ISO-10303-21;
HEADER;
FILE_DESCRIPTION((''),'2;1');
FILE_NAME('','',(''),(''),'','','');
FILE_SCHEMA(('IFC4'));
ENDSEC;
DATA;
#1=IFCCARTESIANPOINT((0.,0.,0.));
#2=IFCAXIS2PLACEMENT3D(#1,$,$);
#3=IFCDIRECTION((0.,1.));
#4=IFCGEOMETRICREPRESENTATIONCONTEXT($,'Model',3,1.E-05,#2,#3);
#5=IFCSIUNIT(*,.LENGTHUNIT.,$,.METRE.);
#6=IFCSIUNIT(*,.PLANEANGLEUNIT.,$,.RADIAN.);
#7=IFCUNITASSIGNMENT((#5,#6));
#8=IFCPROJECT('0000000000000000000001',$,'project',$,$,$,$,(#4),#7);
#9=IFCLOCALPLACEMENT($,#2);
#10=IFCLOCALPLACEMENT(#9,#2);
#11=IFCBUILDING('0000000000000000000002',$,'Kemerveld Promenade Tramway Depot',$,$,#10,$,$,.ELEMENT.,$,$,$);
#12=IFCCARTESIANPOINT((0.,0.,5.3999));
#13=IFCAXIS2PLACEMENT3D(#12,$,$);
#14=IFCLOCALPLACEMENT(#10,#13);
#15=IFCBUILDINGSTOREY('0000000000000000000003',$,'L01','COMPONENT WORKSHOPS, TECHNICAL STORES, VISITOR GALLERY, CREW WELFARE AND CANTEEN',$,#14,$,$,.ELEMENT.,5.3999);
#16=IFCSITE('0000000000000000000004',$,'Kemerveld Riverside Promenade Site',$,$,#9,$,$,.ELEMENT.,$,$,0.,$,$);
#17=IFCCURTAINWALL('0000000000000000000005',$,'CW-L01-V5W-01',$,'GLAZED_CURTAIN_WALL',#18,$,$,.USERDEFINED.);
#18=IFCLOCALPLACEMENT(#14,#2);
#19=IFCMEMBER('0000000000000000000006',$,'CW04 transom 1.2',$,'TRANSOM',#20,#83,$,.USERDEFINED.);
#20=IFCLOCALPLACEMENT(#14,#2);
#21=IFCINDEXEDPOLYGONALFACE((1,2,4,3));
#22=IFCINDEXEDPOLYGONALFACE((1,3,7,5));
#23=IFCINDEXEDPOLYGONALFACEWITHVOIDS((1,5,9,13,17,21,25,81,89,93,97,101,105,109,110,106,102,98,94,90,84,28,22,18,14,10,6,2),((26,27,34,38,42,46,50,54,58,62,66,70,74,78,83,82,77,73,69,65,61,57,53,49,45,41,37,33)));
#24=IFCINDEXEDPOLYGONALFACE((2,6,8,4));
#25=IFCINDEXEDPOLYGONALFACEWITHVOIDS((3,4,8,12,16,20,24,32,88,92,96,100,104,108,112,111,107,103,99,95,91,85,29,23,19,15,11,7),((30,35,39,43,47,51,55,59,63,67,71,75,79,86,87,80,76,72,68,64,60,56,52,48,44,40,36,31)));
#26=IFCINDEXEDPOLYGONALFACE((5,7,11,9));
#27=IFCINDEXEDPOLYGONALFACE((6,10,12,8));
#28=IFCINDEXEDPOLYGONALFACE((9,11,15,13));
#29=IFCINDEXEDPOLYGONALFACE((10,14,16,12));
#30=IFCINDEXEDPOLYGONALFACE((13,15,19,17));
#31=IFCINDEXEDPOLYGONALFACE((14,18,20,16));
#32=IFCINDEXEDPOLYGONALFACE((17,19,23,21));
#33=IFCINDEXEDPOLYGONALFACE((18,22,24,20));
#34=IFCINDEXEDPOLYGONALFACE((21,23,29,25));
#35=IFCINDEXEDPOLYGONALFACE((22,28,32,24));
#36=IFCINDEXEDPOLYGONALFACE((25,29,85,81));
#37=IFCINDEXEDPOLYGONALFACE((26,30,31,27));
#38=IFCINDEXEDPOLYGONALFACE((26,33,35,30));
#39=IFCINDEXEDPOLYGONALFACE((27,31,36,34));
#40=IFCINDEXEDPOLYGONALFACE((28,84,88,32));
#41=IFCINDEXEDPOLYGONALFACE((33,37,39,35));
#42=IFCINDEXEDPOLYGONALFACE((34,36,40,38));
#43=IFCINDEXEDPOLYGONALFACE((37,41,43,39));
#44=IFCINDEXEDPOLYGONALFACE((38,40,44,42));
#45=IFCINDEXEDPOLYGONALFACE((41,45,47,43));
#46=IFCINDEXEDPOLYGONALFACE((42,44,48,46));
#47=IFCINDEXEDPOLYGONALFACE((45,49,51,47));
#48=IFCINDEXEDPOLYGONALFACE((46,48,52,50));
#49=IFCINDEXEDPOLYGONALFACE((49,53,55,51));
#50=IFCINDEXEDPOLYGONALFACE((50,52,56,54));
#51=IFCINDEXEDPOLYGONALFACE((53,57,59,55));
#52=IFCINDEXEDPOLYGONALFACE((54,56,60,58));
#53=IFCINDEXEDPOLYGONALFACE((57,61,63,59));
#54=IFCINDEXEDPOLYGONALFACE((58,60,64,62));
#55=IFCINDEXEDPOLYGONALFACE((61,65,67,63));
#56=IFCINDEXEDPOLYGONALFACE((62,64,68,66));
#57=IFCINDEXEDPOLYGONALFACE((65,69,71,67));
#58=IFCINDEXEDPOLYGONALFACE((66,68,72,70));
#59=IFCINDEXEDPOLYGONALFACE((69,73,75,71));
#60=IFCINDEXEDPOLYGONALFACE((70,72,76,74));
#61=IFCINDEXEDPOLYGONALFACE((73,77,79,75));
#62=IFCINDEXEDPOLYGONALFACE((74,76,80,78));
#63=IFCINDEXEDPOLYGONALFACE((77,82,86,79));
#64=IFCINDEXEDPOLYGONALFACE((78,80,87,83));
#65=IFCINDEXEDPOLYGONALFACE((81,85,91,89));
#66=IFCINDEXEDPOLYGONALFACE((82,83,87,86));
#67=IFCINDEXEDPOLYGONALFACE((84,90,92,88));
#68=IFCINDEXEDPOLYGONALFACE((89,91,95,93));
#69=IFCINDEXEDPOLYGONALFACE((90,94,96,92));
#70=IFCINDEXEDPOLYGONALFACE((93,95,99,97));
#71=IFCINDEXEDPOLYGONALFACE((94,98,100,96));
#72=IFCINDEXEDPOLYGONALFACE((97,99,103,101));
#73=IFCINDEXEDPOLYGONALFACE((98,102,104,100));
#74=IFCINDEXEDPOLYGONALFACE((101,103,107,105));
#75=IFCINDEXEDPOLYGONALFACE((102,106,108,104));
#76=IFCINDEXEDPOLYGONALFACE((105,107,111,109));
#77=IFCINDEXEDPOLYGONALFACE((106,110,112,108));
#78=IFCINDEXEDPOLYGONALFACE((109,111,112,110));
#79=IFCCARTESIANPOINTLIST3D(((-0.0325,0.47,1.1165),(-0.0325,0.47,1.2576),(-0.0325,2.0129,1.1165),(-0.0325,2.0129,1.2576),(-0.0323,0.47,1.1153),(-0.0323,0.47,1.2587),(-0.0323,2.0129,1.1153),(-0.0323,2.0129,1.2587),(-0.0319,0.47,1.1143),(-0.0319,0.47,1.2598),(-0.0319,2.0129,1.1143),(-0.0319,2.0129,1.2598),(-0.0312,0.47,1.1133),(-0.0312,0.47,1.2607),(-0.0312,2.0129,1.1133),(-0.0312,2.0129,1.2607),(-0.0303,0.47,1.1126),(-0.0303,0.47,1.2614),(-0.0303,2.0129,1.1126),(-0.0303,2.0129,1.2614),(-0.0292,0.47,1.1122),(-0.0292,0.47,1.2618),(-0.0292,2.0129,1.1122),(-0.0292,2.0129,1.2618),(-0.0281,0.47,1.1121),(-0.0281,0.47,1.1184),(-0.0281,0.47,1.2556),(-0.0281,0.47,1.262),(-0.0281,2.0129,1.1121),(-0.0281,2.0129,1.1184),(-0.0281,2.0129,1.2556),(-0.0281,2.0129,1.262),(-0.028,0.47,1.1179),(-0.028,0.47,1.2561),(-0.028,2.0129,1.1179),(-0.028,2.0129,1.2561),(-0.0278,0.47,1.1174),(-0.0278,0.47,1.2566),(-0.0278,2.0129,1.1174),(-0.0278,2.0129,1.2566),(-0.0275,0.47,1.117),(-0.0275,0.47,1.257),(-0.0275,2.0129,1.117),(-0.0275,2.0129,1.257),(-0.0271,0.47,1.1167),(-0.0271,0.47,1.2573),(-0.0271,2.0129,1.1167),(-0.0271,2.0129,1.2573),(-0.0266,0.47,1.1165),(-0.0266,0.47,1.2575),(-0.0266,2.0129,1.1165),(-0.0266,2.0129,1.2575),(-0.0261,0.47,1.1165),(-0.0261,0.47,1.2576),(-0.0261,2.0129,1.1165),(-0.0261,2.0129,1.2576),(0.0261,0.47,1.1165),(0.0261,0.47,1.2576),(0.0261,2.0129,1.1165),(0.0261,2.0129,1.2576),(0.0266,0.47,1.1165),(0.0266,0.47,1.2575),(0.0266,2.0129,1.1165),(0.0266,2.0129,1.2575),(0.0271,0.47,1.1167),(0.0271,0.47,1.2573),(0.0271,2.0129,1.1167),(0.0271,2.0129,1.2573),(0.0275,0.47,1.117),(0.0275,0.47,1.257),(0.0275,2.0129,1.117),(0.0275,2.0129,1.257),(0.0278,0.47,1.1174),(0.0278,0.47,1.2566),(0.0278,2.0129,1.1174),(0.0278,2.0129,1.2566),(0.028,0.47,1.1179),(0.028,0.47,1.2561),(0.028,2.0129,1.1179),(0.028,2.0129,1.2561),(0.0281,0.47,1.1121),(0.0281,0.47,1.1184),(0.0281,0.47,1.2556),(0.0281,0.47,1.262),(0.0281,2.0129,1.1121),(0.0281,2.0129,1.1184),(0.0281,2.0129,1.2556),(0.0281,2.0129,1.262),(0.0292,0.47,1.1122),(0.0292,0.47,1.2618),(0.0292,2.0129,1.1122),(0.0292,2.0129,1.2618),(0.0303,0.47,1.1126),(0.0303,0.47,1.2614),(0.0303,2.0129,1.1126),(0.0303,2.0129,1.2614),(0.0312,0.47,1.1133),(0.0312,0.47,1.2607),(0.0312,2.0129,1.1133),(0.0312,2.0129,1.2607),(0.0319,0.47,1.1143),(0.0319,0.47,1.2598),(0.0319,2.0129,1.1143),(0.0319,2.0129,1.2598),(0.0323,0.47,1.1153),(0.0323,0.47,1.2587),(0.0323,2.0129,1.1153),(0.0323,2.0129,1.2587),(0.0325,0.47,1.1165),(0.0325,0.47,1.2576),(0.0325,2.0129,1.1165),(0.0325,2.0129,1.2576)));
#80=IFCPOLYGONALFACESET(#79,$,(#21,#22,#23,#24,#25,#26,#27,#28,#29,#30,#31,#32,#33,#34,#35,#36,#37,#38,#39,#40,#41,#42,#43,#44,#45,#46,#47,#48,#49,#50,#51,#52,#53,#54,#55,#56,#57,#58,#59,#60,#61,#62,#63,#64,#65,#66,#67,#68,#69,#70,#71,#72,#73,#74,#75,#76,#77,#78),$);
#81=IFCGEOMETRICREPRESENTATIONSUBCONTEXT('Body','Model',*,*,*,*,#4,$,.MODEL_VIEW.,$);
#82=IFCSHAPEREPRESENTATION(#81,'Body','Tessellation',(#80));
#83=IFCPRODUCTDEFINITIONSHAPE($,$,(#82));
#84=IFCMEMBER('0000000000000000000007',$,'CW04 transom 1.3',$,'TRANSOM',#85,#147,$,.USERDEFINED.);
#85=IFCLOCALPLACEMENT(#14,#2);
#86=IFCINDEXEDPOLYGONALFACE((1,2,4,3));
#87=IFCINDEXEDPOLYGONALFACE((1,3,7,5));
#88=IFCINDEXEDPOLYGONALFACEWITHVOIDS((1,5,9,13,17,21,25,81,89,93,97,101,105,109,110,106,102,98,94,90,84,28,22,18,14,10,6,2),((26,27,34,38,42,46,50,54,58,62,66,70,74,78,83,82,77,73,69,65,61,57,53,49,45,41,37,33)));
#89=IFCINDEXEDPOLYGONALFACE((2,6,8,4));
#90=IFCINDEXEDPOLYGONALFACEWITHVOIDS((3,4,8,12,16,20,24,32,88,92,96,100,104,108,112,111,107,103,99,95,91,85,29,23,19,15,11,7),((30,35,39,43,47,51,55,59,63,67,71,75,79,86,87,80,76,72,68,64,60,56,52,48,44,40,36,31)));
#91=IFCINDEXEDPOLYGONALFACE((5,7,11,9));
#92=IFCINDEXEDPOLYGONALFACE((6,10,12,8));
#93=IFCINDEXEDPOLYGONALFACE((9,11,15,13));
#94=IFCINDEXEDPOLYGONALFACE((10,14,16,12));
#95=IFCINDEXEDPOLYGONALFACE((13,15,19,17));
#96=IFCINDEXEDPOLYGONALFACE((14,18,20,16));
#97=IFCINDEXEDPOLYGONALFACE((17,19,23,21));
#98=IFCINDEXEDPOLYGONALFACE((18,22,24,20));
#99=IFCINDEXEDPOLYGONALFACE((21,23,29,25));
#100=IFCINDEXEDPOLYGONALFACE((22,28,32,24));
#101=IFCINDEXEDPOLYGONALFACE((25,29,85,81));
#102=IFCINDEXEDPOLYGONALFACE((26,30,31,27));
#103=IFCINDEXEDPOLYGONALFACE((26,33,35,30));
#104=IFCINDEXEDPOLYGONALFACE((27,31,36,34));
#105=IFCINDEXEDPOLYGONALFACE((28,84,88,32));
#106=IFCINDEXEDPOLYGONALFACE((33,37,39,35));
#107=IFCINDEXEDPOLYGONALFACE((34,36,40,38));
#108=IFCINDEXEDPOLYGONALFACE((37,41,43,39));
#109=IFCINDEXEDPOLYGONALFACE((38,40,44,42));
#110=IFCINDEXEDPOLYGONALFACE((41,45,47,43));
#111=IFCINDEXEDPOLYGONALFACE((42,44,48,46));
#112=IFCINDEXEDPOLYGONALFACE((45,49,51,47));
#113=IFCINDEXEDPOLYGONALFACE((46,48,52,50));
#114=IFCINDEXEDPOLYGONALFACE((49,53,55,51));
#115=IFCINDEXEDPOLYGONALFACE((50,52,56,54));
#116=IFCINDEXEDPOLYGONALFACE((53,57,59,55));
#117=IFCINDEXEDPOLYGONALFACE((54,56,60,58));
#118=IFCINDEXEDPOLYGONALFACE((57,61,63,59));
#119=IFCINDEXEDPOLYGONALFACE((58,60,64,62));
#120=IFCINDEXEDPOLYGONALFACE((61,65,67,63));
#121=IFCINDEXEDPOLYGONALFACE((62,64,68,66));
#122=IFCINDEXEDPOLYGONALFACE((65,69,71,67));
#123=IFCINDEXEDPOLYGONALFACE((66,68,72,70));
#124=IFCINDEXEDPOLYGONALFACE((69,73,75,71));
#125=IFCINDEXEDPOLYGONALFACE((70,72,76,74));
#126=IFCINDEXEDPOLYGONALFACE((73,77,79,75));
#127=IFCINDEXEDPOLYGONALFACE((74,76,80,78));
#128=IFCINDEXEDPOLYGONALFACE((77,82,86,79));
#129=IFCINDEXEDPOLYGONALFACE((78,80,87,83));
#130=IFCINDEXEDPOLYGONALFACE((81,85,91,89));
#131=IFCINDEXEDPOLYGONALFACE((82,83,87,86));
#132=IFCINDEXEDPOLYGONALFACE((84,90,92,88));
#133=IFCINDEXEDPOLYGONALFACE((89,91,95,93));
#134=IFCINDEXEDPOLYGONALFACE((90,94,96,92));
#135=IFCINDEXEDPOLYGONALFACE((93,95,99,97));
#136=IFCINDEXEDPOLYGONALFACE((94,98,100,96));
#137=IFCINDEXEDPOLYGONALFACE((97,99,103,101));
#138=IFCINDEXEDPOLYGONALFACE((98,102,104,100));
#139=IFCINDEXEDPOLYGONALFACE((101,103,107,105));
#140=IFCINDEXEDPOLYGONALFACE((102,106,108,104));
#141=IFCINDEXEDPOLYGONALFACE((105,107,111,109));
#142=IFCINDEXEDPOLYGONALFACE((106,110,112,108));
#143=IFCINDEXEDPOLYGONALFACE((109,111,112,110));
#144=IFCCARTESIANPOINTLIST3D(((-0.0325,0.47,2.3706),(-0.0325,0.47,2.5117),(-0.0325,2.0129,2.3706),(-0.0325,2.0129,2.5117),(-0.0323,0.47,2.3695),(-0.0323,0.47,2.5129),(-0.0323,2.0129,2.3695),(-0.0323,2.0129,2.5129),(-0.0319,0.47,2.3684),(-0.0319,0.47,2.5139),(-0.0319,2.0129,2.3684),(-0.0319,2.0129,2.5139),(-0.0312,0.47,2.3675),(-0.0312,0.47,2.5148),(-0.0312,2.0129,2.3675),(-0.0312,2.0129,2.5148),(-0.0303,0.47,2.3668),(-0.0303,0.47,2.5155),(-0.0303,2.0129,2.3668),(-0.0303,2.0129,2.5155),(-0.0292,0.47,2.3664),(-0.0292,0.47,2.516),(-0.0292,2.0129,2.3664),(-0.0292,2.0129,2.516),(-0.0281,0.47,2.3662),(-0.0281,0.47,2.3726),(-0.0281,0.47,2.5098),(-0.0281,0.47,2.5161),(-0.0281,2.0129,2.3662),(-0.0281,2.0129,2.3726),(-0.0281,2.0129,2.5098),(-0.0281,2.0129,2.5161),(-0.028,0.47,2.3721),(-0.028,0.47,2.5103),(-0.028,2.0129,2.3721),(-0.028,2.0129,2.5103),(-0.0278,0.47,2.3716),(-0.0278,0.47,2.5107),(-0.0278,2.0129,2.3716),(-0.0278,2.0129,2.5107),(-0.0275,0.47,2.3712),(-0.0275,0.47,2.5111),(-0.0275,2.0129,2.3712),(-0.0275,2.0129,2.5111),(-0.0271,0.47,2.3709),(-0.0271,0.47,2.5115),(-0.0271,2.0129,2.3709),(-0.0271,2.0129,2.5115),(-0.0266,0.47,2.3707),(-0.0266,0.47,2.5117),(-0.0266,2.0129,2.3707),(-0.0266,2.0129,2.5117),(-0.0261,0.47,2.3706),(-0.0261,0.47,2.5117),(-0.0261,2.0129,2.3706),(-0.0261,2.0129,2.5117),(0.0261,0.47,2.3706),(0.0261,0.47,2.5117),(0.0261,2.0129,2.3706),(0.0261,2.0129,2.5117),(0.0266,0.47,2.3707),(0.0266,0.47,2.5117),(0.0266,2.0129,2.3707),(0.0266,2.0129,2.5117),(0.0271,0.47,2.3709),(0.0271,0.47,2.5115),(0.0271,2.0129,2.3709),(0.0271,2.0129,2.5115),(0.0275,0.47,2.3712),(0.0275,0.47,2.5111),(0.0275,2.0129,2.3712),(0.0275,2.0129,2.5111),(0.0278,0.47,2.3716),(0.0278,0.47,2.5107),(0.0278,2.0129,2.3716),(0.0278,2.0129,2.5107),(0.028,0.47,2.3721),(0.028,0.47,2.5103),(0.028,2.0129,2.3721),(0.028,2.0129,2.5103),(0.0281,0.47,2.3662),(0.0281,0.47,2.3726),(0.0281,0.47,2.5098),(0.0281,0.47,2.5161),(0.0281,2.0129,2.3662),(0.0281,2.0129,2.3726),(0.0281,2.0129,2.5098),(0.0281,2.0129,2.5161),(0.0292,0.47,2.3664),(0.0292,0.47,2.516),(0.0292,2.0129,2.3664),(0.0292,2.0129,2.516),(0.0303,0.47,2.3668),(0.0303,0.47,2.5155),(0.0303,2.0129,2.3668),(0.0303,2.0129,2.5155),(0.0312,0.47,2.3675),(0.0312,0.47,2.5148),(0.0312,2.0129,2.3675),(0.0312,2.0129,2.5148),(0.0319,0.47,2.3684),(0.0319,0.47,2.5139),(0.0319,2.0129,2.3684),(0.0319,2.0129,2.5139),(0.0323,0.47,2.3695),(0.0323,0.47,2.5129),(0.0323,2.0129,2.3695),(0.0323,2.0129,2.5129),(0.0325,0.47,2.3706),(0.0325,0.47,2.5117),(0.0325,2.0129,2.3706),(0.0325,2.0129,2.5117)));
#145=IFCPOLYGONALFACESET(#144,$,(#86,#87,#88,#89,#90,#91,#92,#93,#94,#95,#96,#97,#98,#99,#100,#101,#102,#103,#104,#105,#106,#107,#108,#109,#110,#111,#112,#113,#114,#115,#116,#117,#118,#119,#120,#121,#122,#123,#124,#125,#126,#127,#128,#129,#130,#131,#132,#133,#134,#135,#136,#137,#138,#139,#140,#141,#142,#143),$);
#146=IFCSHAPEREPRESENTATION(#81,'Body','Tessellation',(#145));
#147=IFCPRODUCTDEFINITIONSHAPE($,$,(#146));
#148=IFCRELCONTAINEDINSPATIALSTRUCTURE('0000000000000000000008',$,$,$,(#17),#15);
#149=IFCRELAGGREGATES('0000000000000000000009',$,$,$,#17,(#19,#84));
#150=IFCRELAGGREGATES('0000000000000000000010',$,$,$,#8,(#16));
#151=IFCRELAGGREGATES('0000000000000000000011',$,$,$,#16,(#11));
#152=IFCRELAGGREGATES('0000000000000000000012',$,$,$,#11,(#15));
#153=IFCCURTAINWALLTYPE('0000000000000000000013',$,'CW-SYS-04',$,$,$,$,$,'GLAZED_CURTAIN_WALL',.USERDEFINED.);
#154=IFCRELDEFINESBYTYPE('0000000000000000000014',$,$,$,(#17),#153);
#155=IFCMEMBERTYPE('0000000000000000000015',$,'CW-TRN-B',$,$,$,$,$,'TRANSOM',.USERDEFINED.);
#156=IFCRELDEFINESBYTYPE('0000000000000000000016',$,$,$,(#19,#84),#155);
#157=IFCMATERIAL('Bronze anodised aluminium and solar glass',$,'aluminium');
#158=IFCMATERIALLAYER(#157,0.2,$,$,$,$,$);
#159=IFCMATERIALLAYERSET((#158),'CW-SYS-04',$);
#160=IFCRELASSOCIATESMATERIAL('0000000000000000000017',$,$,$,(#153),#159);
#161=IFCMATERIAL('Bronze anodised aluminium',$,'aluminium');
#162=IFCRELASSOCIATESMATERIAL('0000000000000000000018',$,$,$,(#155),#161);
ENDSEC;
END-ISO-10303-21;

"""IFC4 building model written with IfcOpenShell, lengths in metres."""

from ifc_helpers import new_model, si_unit, direction, frame, origin, origin_2d, place, context, subcontext, project, spatial, hollow_rectangle, extrude, material, layer, layer_set, material_profile, profile_set, type_object, element, aggregate, save


model = new_model("IFC4")

# Units and contexts
model_context = context("Model", 3, precision=1e-05, world=origin(), true_north=direction((0.0, 1.0)))
body_context = subcontext(model_context, "Body", "Model", "MODEL_VIEW")
ifc_project = project(units=[si_unit("LENGTHUNIT", "METRE"), si_unit("PLANEANGLEUNIT", "RADIAN")], contexts=[model_context])

# Site, building, storey
site_placement = place(None, origin())
site = spatial("IfcSite", under=ifc_project, at=site_placement, Name="Kemerveld Riverside Promenade Site", CompositionType="ELEMENT", RefElevation=0.0)
building_placement = place(site_placement, origin())
building = spatial("IfcBuilding", under=site, at=building_placement, Name="Kemerveld Promenade Tramway Depot", CompositionType="ELEMENT")
storey_placement = place(building_placement, frame((0.0, 0.0, 5.3999)))
storey = spatial("IfcBuildingStorey", under=building, at=storey_placement, Name="L01", Description="COMPONENT WORKSHOPS, TECHNICAL STORES, VISITOR GALLERY, CREW WELFARE AND CANTEEN", CompositionType="ELEMENT", Elevation=5.3999)

# Curtain wall, members
ifc_material_1 = material(Name="Bronze anodised aluminium and solar glass", Category="aluminium")
ifc_layer_1 = layer(ifc_material_1, 0.2)
ifc_layer_set_1 = layer_set([ifc_layer_1], Name="CW-SYS-04")
curtain_wall_type = type_object("IfcCurtainWallType", Name="CW-SYS-04", ElementType="GLAZED_CURTAIN_WALL", PredefinedType="USERDEFINED", material=ifc_layer_set_1)
curtain_wall_placement = place(storey_placement, origin())
curtain_wall = element("IfcCurtainWall", 1, at=curtain_wall_placement, inside=storey, type_object=curtain_wall_type, Name="CW-L01-V5W-01", ObjectType="GLAZED_CURTAIN_WALL", PredefinedType="USERDEFINED")
ifc_material_2 = material(Name="Bronze anodised aluminium", Category="aluminium")
ifc_material_profile_1 = material_profile(ifc_material_2, hollow_rectangle(XDim=0.0649, YDim=0.1499, WallThickness=0.0044, InnerFilletRadius=0.002, OuterFilletRadius=0.0044, at=origin_2d()), Name="CW-TRN-150x65")
ifc_profile_set_1 = profile_set([ifc_material_profile_1], Name="Bronze anodised aluminium")
member_type_1 = type_object("IfcMemberType", Name="CW-TRN-B", ElementType="TRANSOM", PredefinedType="USERDEFINED", material=ifc_profile_set_1)
member_1_placement = place(storey_placement, frame((0.0, 0.47, 1.187), z_axis=(0.0, 1.0, 0.0), x_axis=(-1.0, 0.0, 0.0)))
member_1 = element("IfcMember", 2, at=member_1_placement, type_object=member_type_1, Name="CW04 transom 1.2", ObjectType="TRANSOM", PredefinedType="USERDEFINED", context=body_context, shape_type="SweptSolid", body=[
    extrude(hollow_rectangle(XDim=0.0649, YDim=0.1499, WallThickness=0.0044, InnerFilletRadius=0.002, OuterFilletRadius=0.0044, at=origin_2d()), origin(), (0.0, 0.0, 1.0), 1.543),
])
member_2_placement = place(storey_placement, frame((0.0, 0.47, 2.4412), z_axis=(0.0, 1.0, 0.0), x_axis=(-1.0, 0.0, 0.0)))
member_2 = element("IfcMember", 3, at=member_2_placement, type_object=member_type_1, Name="CW04 transom 1.3", ObjectType="TRANSOM", PredefinedType="USERDEFINED", context=body_context, shape_type="SweptSolid", body=[
    extrude(hollow_rectangle(XDim=0.0649, YDim=0.1499, WallThickness=0.0044, InnerFilletRadius=0.002, OuterFilletRadius=0.0044, at=origin_2d()), origin(), (0.0, 0.0, 1.0), 1.543),
])
aggregate(curtain_wall, [member_1, member_2])

save(model, "model.ifc")
